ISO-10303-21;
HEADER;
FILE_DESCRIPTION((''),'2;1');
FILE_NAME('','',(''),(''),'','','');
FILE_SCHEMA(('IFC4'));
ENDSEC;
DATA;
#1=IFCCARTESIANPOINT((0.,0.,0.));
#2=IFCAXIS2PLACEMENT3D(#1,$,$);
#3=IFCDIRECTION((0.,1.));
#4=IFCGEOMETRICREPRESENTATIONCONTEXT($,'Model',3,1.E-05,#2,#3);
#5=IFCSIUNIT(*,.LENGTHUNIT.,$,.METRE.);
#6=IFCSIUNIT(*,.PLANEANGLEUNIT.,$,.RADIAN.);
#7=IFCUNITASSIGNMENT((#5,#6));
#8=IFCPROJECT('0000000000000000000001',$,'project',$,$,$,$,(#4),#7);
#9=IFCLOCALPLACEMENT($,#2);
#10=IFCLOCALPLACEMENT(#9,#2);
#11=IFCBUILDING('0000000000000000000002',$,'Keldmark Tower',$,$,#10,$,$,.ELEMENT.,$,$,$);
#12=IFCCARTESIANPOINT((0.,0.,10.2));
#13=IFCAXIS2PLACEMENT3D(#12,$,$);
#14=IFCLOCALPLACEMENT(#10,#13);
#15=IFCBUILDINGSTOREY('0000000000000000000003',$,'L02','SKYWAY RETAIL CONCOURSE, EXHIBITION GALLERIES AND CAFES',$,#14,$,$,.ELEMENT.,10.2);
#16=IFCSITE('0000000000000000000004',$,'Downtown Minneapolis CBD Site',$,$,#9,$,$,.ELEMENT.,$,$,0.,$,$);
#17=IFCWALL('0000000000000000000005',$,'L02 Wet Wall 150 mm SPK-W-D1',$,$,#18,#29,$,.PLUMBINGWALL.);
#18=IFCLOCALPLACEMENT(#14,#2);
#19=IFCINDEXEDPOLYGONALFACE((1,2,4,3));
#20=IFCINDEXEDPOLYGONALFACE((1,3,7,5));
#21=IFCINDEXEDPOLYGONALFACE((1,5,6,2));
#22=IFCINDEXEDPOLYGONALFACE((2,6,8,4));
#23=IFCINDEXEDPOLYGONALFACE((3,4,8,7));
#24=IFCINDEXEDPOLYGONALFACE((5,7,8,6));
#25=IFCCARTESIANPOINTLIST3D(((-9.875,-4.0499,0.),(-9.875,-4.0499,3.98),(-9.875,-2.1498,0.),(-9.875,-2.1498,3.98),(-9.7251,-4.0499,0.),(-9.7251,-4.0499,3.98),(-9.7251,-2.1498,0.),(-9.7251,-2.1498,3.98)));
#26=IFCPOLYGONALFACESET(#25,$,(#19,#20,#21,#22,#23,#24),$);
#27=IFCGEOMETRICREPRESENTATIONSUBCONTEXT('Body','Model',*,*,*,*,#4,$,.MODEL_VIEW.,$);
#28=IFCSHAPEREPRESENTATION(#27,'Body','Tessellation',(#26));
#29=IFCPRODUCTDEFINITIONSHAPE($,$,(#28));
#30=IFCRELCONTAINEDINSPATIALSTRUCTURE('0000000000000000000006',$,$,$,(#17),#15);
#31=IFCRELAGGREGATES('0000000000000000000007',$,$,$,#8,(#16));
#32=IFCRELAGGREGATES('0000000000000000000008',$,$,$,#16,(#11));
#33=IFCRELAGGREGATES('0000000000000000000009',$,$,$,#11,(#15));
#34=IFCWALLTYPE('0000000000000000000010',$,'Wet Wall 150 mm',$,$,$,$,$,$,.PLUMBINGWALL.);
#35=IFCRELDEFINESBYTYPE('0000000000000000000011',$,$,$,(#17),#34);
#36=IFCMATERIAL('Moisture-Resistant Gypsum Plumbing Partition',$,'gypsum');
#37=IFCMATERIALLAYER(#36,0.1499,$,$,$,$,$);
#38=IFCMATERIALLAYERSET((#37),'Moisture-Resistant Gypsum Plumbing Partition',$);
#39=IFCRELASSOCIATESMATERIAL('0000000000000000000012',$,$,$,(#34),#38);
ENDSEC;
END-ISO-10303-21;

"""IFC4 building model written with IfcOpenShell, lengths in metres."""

from ifc_helpers import new_model, si_unit, direction, frame, frame_2d, origin, place, context, subcontext, project, spatial, rectangle, extrude, material, layer, layer_set, type_object, element, save


model = new_model("IFC4")

# Units and contexts
model_context = context("Model", 3, precision=1e-05, world=origin(), true_north=direction((0.0, 1.0)))
body_context = subcontext(model_context, "Body", "Model", "MODEL_VIEW")
ifc_project = project(units=[si_unit("LENGTHUNIT", "METRE"), si_unit("PLANEANGLEUNIT", "RADIAN")], contexts=[model_context])

# Site, building, storey
site_placement = place(None, origin())
site = spatial("IfcSite", under=ifc_project, at=site_placement, Name="Downtown Minneapolis CBD Site", CompositionType="ELEMENT", RefElevation=0.0)
building_placement = place(site_placement, origin())
building = spatial("IfcBuilding", under=site, at=building_placement, Name="Keldmark Tower", CompositionType="ELEMENT")
storey_placement = place(building_placement, frame((0.0, 0.0, 10.2)))
storey = spatial("IfcBuildingStorey", under=building, at=storey_placement, Name="L02", Description="SKYWAY RETAIL CONCOURSE, EXHIBITION GALLERIES AND CAFES", CompositionType="ELEMENT", Elevation=10.2)

# Wall
ifc_material_1 = material(Name="Moisture-Resistant Gypsum Plumbing Partition", Category="gypsum")
ifc_layer_1 = layer(ifc_material_1, 0.1499)
ifc_layer_set_1 = layer_set([ifc_layer_1], Name="Moisture-Resistant Gypsum Plumbing Partition")
wall_type_1 = type_object("IfcWallType", Name="Wet Wall 150 mm", PredefinedType="PLUMBINGWALL", material=ifc_layer_set_1)
wall_1_placement = place(storey_placement, frame((-9.8, -4.05, 0.0), z_axis=(0.0, 0.0, 1.0), x_axis=(0.0, 1.0, 0.0)))
element("IfcWall", 1, at=wall_1_placement, inside=storey, type_object=wall_type_1, Name="L02 Wet Wall 150 mm SPK-W-D1", PredefinedType="PLUMBINGWALL", context=body_context, shape_type="SweptSolid", body=[
    extrude(rectangle(XDim=1.9001, YDim=0.1499, at=frame_2d((0.9502, 0.0))), origin(), (0.0, 0.0, 1.0), 3.98),
])

save(model, "model.ifc")
